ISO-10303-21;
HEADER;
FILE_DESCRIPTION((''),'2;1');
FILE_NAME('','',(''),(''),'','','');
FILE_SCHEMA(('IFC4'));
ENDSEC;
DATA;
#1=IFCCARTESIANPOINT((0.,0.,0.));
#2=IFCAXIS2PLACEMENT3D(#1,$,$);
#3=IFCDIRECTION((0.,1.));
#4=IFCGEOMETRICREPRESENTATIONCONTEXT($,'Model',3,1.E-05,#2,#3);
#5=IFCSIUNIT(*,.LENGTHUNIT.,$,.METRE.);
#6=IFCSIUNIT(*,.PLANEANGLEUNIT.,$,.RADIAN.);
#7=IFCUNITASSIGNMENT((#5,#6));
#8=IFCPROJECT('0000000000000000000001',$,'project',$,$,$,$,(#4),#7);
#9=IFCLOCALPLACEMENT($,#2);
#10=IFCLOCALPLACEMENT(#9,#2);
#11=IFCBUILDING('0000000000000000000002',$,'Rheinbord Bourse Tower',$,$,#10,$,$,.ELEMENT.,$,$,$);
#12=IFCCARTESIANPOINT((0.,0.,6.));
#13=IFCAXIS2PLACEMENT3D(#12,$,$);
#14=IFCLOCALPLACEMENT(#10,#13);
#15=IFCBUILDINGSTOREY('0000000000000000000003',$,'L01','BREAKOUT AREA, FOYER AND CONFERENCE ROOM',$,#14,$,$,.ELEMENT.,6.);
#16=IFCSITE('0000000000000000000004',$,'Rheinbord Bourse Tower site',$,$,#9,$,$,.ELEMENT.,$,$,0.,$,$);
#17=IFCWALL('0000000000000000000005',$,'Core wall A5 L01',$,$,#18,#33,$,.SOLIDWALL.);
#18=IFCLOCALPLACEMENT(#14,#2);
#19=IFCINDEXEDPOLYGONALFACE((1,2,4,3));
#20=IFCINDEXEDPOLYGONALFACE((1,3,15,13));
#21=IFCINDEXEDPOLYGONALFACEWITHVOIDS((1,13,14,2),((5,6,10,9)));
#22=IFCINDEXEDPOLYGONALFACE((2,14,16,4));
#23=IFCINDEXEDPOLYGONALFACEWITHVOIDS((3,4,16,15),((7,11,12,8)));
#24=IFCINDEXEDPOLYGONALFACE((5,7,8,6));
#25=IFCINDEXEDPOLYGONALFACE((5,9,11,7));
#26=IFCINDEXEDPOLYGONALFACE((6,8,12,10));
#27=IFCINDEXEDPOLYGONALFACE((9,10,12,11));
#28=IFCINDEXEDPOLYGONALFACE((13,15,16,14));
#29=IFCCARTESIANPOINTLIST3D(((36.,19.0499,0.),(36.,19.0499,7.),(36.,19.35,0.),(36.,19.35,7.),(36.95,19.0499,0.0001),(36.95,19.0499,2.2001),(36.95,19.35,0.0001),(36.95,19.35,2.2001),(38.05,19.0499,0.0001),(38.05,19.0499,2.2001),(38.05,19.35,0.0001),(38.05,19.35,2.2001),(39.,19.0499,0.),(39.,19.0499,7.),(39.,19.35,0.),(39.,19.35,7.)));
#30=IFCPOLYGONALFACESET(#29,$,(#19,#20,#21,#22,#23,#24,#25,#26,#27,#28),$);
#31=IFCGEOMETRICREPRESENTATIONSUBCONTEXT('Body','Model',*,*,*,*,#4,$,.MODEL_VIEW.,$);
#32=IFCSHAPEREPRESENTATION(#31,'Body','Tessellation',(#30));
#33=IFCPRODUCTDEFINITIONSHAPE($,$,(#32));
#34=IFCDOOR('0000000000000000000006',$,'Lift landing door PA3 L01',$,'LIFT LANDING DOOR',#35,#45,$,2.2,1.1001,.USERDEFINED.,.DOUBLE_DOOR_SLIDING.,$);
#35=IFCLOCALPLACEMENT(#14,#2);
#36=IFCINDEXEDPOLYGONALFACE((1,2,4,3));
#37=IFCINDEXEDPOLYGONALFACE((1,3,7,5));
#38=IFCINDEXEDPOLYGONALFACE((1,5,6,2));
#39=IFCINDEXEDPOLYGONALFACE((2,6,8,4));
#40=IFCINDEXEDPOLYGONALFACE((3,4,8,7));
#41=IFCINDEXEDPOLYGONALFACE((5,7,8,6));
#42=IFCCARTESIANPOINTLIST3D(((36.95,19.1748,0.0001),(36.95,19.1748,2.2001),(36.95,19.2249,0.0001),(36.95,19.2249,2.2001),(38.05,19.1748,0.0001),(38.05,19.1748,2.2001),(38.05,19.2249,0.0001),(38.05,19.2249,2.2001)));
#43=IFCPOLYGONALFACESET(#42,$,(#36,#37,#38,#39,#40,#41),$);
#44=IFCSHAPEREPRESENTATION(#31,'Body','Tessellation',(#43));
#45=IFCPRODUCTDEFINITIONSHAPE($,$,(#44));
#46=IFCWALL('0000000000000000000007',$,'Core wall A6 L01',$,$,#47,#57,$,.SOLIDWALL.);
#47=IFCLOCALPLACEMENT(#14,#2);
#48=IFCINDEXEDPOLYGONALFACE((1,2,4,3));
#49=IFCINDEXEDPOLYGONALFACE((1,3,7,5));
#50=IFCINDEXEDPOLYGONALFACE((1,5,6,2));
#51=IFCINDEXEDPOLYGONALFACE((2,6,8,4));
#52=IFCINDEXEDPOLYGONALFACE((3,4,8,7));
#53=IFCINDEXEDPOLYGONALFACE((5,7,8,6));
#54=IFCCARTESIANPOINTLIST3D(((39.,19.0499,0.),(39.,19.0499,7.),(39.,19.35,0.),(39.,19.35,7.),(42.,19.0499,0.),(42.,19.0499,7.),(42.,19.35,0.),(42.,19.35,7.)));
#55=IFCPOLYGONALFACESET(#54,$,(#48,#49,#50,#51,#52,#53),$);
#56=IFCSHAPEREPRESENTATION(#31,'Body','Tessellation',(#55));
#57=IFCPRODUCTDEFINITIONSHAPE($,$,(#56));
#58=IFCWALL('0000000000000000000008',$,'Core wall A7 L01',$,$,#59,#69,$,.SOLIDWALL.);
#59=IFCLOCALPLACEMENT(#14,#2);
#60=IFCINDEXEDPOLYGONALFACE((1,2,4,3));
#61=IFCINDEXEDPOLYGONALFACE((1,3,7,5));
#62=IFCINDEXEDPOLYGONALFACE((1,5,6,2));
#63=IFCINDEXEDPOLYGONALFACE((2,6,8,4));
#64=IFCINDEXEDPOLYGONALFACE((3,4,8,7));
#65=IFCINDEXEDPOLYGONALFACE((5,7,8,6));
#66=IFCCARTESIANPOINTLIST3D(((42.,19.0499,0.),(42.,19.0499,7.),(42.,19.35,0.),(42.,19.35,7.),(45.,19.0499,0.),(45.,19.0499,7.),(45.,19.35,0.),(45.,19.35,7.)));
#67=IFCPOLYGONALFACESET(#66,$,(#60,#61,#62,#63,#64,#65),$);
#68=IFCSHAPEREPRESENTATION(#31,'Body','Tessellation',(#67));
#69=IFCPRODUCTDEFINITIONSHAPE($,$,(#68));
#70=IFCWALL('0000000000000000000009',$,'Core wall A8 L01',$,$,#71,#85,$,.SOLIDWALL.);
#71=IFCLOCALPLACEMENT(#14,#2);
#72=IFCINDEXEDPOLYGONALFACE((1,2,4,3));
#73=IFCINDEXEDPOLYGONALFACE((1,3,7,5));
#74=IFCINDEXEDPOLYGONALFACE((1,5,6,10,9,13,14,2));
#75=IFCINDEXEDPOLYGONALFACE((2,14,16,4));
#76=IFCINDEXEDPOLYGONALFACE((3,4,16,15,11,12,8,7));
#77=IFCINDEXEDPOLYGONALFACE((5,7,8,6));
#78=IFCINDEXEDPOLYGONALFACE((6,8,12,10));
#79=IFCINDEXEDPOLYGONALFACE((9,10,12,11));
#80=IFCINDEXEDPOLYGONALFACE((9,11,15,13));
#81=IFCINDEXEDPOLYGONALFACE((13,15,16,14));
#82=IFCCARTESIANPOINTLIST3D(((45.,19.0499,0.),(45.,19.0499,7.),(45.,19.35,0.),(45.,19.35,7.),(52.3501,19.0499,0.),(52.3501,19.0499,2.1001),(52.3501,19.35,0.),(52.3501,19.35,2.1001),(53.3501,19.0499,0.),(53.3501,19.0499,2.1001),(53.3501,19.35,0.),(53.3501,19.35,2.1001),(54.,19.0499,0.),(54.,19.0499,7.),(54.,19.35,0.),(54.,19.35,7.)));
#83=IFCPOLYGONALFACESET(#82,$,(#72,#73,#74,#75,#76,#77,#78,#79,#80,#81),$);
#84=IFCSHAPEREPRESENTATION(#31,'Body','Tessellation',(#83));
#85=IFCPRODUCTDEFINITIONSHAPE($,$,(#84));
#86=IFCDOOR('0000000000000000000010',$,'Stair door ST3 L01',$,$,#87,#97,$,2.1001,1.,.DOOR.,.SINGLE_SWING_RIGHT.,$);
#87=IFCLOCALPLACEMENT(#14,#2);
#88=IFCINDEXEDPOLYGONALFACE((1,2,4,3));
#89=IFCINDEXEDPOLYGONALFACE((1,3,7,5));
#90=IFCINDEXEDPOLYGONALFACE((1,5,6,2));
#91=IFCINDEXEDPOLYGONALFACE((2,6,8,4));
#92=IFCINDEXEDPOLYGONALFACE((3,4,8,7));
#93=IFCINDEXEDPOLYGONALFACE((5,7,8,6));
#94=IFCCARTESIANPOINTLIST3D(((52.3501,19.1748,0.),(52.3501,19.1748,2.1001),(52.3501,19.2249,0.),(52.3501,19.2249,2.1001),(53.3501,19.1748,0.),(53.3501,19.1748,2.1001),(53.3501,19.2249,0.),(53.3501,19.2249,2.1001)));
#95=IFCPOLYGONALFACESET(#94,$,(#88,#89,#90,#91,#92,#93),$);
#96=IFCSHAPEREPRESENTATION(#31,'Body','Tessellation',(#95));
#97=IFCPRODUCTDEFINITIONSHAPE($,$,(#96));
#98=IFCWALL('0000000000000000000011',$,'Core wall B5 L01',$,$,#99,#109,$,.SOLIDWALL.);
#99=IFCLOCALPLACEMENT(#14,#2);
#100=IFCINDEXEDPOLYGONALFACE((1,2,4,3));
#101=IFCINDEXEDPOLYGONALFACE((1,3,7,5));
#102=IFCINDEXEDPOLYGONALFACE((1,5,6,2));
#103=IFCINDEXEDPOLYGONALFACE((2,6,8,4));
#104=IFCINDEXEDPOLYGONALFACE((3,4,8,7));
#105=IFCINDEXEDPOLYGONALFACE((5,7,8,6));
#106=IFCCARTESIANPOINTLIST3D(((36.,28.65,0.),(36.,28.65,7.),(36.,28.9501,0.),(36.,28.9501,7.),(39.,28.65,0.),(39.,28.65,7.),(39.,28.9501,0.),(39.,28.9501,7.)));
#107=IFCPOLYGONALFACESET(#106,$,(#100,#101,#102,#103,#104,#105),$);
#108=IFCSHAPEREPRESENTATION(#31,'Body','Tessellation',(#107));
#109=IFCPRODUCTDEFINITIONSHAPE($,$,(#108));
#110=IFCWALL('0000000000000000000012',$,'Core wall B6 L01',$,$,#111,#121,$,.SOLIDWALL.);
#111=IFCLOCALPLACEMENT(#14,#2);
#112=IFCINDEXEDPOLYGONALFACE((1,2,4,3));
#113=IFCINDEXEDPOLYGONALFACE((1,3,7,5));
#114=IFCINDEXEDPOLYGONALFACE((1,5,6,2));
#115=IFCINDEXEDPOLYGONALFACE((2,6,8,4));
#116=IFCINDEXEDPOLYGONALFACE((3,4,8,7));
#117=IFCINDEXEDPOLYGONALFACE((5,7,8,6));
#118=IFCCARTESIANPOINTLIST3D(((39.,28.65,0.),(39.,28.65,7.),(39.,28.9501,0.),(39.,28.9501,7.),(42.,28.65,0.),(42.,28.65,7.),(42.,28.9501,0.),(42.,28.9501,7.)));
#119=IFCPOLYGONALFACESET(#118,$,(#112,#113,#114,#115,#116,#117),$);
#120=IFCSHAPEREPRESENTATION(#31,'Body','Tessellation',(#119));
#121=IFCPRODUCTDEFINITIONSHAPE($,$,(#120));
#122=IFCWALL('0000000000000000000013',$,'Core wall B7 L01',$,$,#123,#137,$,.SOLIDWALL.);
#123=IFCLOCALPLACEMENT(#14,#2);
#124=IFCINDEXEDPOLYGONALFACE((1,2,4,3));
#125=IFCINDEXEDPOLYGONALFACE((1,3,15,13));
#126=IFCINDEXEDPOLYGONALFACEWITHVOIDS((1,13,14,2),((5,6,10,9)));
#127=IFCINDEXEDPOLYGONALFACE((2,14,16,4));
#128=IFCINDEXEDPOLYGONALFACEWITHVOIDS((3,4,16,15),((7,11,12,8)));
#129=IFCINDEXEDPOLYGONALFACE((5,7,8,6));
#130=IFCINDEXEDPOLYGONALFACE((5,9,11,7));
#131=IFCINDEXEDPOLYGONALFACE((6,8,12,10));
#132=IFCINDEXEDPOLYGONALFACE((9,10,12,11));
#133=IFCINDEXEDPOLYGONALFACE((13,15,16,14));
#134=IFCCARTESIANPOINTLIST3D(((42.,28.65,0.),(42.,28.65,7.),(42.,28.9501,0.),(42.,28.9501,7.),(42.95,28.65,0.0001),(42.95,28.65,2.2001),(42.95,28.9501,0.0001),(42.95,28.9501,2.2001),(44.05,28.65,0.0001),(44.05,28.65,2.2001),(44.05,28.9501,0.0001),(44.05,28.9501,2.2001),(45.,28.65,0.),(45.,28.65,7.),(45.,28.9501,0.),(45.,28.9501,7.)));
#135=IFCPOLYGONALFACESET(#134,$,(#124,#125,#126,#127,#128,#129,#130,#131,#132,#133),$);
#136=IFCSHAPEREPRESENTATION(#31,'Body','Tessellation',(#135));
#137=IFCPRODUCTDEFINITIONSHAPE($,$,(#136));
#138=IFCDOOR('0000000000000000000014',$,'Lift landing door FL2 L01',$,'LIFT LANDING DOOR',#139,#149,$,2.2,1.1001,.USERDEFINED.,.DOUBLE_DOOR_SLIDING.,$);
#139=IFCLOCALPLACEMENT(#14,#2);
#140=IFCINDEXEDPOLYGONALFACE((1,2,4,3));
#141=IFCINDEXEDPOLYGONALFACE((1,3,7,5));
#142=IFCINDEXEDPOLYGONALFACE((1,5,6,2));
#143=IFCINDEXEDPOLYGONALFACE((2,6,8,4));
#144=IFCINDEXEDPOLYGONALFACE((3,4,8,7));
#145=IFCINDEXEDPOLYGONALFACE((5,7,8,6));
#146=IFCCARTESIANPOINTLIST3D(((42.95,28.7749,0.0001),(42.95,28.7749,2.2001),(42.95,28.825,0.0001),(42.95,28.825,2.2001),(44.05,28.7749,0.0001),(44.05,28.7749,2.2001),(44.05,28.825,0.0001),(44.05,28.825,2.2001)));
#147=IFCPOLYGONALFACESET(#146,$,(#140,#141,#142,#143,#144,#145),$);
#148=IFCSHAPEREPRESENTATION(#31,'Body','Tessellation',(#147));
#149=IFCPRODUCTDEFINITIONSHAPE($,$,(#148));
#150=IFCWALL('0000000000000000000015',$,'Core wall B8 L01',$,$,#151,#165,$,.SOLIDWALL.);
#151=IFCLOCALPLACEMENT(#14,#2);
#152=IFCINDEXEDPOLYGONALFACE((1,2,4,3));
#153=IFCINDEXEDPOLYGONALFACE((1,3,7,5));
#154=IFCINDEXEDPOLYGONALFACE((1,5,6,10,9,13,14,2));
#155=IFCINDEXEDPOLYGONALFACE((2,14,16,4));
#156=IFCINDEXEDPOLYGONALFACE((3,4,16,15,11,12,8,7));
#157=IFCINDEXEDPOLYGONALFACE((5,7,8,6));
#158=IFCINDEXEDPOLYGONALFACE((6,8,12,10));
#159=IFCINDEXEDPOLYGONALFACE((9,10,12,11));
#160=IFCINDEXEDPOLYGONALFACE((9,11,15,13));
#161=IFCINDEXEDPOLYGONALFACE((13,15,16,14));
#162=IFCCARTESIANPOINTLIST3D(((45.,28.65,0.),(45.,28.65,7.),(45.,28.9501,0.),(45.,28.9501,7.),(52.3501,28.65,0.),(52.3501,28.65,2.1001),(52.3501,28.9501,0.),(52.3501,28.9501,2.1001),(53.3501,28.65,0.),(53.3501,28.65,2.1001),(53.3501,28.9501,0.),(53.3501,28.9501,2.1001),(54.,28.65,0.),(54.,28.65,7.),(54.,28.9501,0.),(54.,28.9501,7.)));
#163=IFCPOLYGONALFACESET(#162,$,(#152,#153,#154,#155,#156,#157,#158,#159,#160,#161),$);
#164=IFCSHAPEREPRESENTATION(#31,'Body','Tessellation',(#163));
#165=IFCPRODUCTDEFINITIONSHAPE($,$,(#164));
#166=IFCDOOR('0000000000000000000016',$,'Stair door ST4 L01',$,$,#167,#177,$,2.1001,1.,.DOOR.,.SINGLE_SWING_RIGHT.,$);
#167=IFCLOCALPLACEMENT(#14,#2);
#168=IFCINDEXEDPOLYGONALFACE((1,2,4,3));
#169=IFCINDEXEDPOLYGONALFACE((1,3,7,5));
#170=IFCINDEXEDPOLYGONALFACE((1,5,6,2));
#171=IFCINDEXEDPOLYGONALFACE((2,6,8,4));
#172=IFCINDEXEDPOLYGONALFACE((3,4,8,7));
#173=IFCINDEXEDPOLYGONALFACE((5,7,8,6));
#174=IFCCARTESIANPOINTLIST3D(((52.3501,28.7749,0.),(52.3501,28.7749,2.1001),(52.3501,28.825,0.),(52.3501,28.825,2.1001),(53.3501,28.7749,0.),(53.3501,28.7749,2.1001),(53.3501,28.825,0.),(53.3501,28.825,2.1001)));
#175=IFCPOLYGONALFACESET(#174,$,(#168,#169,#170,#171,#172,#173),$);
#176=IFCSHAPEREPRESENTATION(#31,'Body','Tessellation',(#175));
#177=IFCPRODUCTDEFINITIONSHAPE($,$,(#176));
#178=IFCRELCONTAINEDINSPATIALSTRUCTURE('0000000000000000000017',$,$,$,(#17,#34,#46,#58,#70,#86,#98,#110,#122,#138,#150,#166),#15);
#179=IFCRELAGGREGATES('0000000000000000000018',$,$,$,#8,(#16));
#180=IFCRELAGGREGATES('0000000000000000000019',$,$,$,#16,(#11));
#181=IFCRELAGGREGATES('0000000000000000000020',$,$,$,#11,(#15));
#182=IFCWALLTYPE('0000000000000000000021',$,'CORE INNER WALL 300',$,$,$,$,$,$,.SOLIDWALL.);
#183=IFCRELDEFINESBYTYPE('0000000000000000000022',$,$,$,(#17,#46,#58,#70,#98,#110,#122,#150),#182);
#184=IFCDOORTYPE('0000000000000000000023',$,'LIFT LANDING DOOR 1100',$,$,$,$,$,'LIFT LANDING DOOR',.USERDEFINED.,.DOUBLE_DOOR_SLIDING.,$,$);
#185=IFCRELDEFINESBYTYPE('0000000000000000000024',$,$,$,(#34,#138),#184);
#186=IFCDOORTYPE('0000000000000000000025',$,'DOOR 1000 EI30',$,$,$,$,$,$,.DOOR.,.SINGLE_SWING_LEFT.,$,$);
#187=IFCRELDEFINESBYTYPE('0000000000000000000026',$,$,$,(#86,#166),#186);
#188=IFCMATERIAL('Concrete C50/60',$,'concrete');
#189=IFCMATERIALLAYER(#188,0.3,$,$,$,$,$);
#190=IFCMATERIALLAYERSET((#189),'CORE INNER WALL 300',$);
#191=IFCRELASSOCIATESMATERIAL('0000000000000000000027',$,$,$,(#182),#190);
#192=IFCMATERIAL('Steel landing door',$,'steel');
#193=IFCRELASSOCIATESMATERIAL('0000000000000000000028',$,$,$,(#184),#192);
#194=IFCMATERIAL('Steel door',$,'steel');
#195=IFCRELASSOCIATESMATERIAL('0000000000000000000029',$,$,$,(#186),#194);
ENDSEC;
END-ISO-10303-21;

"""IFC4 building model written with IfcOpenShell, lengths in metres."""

from ifc_helpers import new_model, si_unit, direction, frame, frame_2d, origin, place, context, subcontext, project, spatial, rectangle, extrude, material, layer, layer_set, type_object, element, fill, save


model = new_model("IFC4")

# Units and contexts
model_context = context("Model", 3, precision=1e-05, world=origin(), true_north=direction((0.0, 1.0)))
body_context = subcontext(model_context, "Body", "Model", "MODEL_VIEW")
ifc_project = project(units=[si_unit("LENGTHUNIT", "METRE"), si_unit("PLANEANGLEUNIT", "RADIAN")], contexts=[model_context])

# Site, building, storey
site_placement = place(None, origin())
site = spatial("IfcSite", under=ifc_project, at=site_placement, Name="Rheinbord Bourse Tower site", CompositionType="ELEMENT", RefElevation=0.0)
building_placement = place(site_placement, origin())
building = spatial("IfcBuilding", under=site, at=building_placement, Name="Rheinbord Bourse Tower", CompositionType="ELEMENT")
storey_placement = place(building_placement, frame((0.0, 0.0, 6.0)))
storey = spatial("IfcBuildingStorey", under=building, at=storey_placement, Name="L01", Description="BREAKOUT AREA, FOYER AND CONFERENCE ROOM", CompositionType="ELEMENT", Elevation=6.0)

# Wall, opening, door
ifc_material_1 = material(Name="Concrete C50/60", Category="concrete")
ifc_layer_1 = layer(ifc_material_1, 0.3)
ifc_layer_set_1 = layer_set([ifc_layer_1], Name="CORE INNER WALL 300")
wall_type_1 = type_object("IfcWallType", Name="CORE INNER WALL 300", PredefinedType="SOLIDWALL", material=ifc_layer_set_1)
wall_1_placement = place(storey_placement, frame((36.0, 19.2, 0.0), z_axis=(0.0, 0.0, 1.0), x_axis=(1.0, 0.0, 0.0)))
wall_1 = element("IfcWall", 1, at=wall_1_placement, inside=storey, type_object=wall_type_1, Name="Core wall A5 L01", PredefinedType="SOLIDWALL", context=body_context, shape_type="SweptSolid", body=[
    extrude(rectangle(XDim=3.0, YDim=0.3, at=frame_2d((1.5, 0.0))), origin(), (0.0, 0.0, 1.0), 7.0),
])
opening_1_placement = place(wall_1_placement, frame((0.95, 0.0, 0.0)))
opening_1 = element("IfcOpeningElement", 2, at=opening_1_placement, cuts=wall_1, PredefinedType="OPENING", context=body_context, shape_type="SweptSolid", body=[
    extrude(rectangle(XDim=1.1001, YDim=2.2, at=frame_2d((0.55, 1.1001))), frame((0.0, 0.1599, 0.0), z_axis=(0.0, -1.0, 0.0), x_axis=(1.0, 0.0, 0.0)), (0.0, 0.0, 1.0), 0.3201),
])
ifc_material_2 = material(Name="Steel landing door", Category="steel")
door_type_1 = type_object("IfcDoorType", Name="LIFT LANDING DOOR 1100", ElementType="LIFT LANDING DOOR", OperationType="DOUBLE_DOOR_SLIDING", PredefinedType="USERDEFINED", material=ifc_material_2)
door_1_placement = place(opening_1_placement, origin())
door_1 = element("IfcDoor", 3, at=door_1_placement, inside=storey, type_object=door_type_1, Name="Lift landing door PA3 L01", ObjectType="LIFT LANDING DOOR", OperationType="DOUBLE_DOOR_SLIDING", OverallHeight=2.2, OverallWidth=1.1001, PredefinedType="USERDEFINED", context=body_context, shape_type="SweptSolid", body=[
    extrude(rectangle(XDim=1.1001, YDim=2.2, at=frame_2d((0.55, 1.1001))), frame((0.0, 0.0249, 0.0), z_axis=(0.0, -1.0, 0.0), x_axis=(1.0, 0.0, 0.0)), (0.0, 0.0, 1.0), 0.05),
])
fill(opening_1, door_1)

# Walls
for number, where, z_axis, x_axis, name in (
    (4, (39.0, 19.2, 0.0), (0.0, 0.0, 1.0), (1.0, 0.0, 0.0), "Core wall A6 L01"),
    (5, (42.0, 19.2, 0.0), (0.0, 0.0, 1.0), (1.0, 0.0, 0.0), "Core wall A7 L01"),
):
    element("IfcWall", number, at=place(storey_placement, frame(where, z_axis=z_axis, x_axis=x_axis)), inside=storey, type_object=wall_type_1, Name=name, PredefinedType="SOLIDWALL", context=body_context, shape_type="SweptSolid", body=[
        extrude(rectangle(XDim=3.0, YDim=0.3, at=frame_2d((1.5, 0.0))), origin(), (0.0, 0.0, 1.0), 7.0),
    ])

# Wall, opening, door
wall_2_placement = place(storey_placement, frame((45.0, 19.2, 0.0), z_axis=(0.0, 0.0, 1.0), x_axis=(1.0, 0.0, 0.0)))
wall_2 = element("IfcWall", 6, at=wall_2_placement, inside=storey, type_object=wall_type_1, Name="Core wall A8 L01", PredefinedType="SOLIDWALL", context=body_context, shape_type="SweptSolid", body=[
    extrude(rectangle(XDim=9.0, YDim=0.3, at=frame_2d((4.5, 0.0))), origin(), (0.0, 0.0, 1.0), 7.0),
])
opening_2_placement = place(wall_2_placement, frame((7.3501, 0.0, 0.0)))
opening_2 = element("IfcOpeningElement", 7, at=opening_2_placement, cuts=wall_2, PredefinedType="OPENING", context=body_context, shape_type="SweptSolid", body=[
    extrude(rectangle(XDim=1.0, YDim=2.1001, at=frame_2d((0.5, 1.05))), frame((0.0, 0.1599, 0.0), z_axis=(0.0, -1.0, 0.0), x_axis=(1.0, 0.0, 0.0)), (0.0, 0.0, 1.0), 0.3201),
])
ifc_material_3 = material(Name="Steel door", Category="steel")
door_type_2 = type_object("IfcDoorType", Name="DOOR 1000 EI30", OperationType="SINGLE_SWING_LEFT", PredefinedType="DOOR", material=ifc_material_3)
door_2_placement = place(opening_2_placement, origin())
door_2 = element("IfcDoor", 8, at=door_2_placement, inside=storey, type_object=door_type_2, Name="Stair door ST3 L01", OperationType="SINGLE_SWING_RIGHT", OverallHeight=2.1001, OverallWidth=1.0, PredefinedType="DOOR", context=body_context, shape_type="SweptSolid", body=[
    extrude(rectangle(XDim=1.0, YDim=2.1001, at=frame_2d((0.5, 1.05))), frame((0.0, 0.0249, 0.0), z_axis=(0.0, -1.0, 0.0), x_axis=(1.0, 0.0, 0.0)), (0.0, 0.0, 1.0), 0.05),
])
fill(opening_2, door_2)

# Walls
for number, where, z_axis, x_axis, name in (
    (9, (36.0, 28.8, 0.0), (0.0, 0.0, 1.0), (1.0, 0.0, 0.0), "Core wall B5 L01"),
    (10, (39.0, 28.8, 0.0), (0.0, 0.0, 1.0), (1.0, 0.0, 0.0), "Core wall B6 L01"),
):
    element("IfcWall", number, at=place(storey_placement, frame(where, z_axis=z_axis, x_axis=x_axis)), inside=storey, type_object=wall_type_1, Name=name, PredefinedType="SOLIDWALL", context=body_context, shape_type="SweptSolid", body=[
        extrude(rectangle(XDim=3.0, YDim=0.3, at=frame_2d((1.5, 0.0))), origin(), (0.0, 0.0, 1.0), 7.0),
    ])

# Walls, openings, doors
wall_3_placement = place(storey_placement, frame((42.0, 28.8, 0.0), z_axis=(0.0, 0.0, 1.0), x_axis=(1.0, 0.0, 0.0)))
wall_3 = element("IfcWall", 11, at=wall_3_placement, inside=storey, type_object=wall_type_1, Name="Core wall B7 L01", PredefinedType="SOLIDWALL", context=body_context, shape_type="SweptSolid", body=[
    extrude(rectangle(XDim=3.0, YDim=0.3, at=frame_2d((1.5, 0.0))), origin(), (0.0, 0.0, 1.0), 7.0),
])
opening_3_placement = place(wall_3_placement, frame((0.95, 0.0, 0.0)))
opening_3 = element("IfcOpeningElement", 12, at=opening_3_placement, cuts=wall_3, PredefinedType="OPENING", context=body_context, shape_type="SweptSolid", body=[
    extrude(rectangle(XDim=1.1001, YDim=2.2, at=frame_2d((0.55, 1.1001))), frame((0.0, 0.1599, 0.0), z_axis=(0.0, -1.0, 0.0), x_axis=(1.0, 0.0, 0.0)), (0.0, 0.0, 1.0), 0.3201),
])
door_3_placement = place(opening_3_placement, origin())
door_3 = element("IfcDoor", 13, at=door_3_placement, inside=storey, type_object=door_type_1, Name="Lift landing door FL2 L01", ObjectType="LIFT LANDING DOOR", OperationType="DOUBLE_DOOR_SLIDING", OverallHeight=2.2, OverallWidth=1.1001, PredefinedType="USERDEFINED", context=body_context, shape_type="SweptSolid", body=[
    extrude(rectangle(XDim=1.1001, YDim=2.2, at=frame_2d((0.55, 1.1001))), frame((0.0, 0.0249, 0.0), z_axis=(0.0, -1.0, 0.0), x_axis=(1.0, 0.0, 0.0)), (0.0, 0.0, 1.0), 0.05),
])
fill(opening_3, door_3)
wall_4_placement = place(storey_placement, frame((45.0, 28.8, 0.0), z_axis=(0.0, 0.0, 1.0), x_axis=(1.0, 0.0, 0.0)))
wall_4 = element("IfcWall", 14, at=wall_4_placement, inside=storey, type_object=wall_type_1, Name="Core wall B8 L01", PredefinedType="SOLIDWALL", context=body_context, shape_type="SweptSolid", body=[
    extrude(rectangle(XDim=9.0, YDim=0.3, at=frame_2d((4.5, 0.0))), origin(), (0.0, 0.0, 1.0), 7.0),
])
opening_4_placement = place(wall_4_placement, frame((7.3501, 0.0, 0.0)))
opening_4 = element("IfcOpeningElement", 15, at=opening_4_placement, cuts=wall_4, PredefinedType="OPENING", context=body_context, shape_type="SweptSolid", body=[
    extrude(rectangle(XDim=1.0, YDim=2.1001, at=frame_2d((0.5, 1.05))), frame((0.0, 0.1599, 0.0), z_axis=(0.0, -1.0, 0.0), x_axis=(1.0, 0.0, 0.0)), (0.0, 0.0, 1.0), 0.3201),
])
door_4_placement = place(opening_4_placement, origin())
door_4 = element("IfcDoor", 16, at=door_4_placement, inside=storey, type_object=door_type_2, Name="Stair door ST4 L01", OperationType="SINGLE_SWING_RIGHT", OverallHeight=2.1001, OverallWidth=1.0, PredefinedType="DOOR", context=body_context, shape_type="SweptSolid", body=[
    extrude(rectangle(XDim=1.0, YDim=2.1001, at=frame_2d((0.5, 1.05))), frame((0.0, 0.0249, 0.0), z_axis=(0.0, -1.0, 0.0), x_axis=(1.0, 0.0, 0.0)), (0.0, 0.0, 1.0), 0.05),
])
fill(opening_4, door_4)

save(model, "model.ifc")
